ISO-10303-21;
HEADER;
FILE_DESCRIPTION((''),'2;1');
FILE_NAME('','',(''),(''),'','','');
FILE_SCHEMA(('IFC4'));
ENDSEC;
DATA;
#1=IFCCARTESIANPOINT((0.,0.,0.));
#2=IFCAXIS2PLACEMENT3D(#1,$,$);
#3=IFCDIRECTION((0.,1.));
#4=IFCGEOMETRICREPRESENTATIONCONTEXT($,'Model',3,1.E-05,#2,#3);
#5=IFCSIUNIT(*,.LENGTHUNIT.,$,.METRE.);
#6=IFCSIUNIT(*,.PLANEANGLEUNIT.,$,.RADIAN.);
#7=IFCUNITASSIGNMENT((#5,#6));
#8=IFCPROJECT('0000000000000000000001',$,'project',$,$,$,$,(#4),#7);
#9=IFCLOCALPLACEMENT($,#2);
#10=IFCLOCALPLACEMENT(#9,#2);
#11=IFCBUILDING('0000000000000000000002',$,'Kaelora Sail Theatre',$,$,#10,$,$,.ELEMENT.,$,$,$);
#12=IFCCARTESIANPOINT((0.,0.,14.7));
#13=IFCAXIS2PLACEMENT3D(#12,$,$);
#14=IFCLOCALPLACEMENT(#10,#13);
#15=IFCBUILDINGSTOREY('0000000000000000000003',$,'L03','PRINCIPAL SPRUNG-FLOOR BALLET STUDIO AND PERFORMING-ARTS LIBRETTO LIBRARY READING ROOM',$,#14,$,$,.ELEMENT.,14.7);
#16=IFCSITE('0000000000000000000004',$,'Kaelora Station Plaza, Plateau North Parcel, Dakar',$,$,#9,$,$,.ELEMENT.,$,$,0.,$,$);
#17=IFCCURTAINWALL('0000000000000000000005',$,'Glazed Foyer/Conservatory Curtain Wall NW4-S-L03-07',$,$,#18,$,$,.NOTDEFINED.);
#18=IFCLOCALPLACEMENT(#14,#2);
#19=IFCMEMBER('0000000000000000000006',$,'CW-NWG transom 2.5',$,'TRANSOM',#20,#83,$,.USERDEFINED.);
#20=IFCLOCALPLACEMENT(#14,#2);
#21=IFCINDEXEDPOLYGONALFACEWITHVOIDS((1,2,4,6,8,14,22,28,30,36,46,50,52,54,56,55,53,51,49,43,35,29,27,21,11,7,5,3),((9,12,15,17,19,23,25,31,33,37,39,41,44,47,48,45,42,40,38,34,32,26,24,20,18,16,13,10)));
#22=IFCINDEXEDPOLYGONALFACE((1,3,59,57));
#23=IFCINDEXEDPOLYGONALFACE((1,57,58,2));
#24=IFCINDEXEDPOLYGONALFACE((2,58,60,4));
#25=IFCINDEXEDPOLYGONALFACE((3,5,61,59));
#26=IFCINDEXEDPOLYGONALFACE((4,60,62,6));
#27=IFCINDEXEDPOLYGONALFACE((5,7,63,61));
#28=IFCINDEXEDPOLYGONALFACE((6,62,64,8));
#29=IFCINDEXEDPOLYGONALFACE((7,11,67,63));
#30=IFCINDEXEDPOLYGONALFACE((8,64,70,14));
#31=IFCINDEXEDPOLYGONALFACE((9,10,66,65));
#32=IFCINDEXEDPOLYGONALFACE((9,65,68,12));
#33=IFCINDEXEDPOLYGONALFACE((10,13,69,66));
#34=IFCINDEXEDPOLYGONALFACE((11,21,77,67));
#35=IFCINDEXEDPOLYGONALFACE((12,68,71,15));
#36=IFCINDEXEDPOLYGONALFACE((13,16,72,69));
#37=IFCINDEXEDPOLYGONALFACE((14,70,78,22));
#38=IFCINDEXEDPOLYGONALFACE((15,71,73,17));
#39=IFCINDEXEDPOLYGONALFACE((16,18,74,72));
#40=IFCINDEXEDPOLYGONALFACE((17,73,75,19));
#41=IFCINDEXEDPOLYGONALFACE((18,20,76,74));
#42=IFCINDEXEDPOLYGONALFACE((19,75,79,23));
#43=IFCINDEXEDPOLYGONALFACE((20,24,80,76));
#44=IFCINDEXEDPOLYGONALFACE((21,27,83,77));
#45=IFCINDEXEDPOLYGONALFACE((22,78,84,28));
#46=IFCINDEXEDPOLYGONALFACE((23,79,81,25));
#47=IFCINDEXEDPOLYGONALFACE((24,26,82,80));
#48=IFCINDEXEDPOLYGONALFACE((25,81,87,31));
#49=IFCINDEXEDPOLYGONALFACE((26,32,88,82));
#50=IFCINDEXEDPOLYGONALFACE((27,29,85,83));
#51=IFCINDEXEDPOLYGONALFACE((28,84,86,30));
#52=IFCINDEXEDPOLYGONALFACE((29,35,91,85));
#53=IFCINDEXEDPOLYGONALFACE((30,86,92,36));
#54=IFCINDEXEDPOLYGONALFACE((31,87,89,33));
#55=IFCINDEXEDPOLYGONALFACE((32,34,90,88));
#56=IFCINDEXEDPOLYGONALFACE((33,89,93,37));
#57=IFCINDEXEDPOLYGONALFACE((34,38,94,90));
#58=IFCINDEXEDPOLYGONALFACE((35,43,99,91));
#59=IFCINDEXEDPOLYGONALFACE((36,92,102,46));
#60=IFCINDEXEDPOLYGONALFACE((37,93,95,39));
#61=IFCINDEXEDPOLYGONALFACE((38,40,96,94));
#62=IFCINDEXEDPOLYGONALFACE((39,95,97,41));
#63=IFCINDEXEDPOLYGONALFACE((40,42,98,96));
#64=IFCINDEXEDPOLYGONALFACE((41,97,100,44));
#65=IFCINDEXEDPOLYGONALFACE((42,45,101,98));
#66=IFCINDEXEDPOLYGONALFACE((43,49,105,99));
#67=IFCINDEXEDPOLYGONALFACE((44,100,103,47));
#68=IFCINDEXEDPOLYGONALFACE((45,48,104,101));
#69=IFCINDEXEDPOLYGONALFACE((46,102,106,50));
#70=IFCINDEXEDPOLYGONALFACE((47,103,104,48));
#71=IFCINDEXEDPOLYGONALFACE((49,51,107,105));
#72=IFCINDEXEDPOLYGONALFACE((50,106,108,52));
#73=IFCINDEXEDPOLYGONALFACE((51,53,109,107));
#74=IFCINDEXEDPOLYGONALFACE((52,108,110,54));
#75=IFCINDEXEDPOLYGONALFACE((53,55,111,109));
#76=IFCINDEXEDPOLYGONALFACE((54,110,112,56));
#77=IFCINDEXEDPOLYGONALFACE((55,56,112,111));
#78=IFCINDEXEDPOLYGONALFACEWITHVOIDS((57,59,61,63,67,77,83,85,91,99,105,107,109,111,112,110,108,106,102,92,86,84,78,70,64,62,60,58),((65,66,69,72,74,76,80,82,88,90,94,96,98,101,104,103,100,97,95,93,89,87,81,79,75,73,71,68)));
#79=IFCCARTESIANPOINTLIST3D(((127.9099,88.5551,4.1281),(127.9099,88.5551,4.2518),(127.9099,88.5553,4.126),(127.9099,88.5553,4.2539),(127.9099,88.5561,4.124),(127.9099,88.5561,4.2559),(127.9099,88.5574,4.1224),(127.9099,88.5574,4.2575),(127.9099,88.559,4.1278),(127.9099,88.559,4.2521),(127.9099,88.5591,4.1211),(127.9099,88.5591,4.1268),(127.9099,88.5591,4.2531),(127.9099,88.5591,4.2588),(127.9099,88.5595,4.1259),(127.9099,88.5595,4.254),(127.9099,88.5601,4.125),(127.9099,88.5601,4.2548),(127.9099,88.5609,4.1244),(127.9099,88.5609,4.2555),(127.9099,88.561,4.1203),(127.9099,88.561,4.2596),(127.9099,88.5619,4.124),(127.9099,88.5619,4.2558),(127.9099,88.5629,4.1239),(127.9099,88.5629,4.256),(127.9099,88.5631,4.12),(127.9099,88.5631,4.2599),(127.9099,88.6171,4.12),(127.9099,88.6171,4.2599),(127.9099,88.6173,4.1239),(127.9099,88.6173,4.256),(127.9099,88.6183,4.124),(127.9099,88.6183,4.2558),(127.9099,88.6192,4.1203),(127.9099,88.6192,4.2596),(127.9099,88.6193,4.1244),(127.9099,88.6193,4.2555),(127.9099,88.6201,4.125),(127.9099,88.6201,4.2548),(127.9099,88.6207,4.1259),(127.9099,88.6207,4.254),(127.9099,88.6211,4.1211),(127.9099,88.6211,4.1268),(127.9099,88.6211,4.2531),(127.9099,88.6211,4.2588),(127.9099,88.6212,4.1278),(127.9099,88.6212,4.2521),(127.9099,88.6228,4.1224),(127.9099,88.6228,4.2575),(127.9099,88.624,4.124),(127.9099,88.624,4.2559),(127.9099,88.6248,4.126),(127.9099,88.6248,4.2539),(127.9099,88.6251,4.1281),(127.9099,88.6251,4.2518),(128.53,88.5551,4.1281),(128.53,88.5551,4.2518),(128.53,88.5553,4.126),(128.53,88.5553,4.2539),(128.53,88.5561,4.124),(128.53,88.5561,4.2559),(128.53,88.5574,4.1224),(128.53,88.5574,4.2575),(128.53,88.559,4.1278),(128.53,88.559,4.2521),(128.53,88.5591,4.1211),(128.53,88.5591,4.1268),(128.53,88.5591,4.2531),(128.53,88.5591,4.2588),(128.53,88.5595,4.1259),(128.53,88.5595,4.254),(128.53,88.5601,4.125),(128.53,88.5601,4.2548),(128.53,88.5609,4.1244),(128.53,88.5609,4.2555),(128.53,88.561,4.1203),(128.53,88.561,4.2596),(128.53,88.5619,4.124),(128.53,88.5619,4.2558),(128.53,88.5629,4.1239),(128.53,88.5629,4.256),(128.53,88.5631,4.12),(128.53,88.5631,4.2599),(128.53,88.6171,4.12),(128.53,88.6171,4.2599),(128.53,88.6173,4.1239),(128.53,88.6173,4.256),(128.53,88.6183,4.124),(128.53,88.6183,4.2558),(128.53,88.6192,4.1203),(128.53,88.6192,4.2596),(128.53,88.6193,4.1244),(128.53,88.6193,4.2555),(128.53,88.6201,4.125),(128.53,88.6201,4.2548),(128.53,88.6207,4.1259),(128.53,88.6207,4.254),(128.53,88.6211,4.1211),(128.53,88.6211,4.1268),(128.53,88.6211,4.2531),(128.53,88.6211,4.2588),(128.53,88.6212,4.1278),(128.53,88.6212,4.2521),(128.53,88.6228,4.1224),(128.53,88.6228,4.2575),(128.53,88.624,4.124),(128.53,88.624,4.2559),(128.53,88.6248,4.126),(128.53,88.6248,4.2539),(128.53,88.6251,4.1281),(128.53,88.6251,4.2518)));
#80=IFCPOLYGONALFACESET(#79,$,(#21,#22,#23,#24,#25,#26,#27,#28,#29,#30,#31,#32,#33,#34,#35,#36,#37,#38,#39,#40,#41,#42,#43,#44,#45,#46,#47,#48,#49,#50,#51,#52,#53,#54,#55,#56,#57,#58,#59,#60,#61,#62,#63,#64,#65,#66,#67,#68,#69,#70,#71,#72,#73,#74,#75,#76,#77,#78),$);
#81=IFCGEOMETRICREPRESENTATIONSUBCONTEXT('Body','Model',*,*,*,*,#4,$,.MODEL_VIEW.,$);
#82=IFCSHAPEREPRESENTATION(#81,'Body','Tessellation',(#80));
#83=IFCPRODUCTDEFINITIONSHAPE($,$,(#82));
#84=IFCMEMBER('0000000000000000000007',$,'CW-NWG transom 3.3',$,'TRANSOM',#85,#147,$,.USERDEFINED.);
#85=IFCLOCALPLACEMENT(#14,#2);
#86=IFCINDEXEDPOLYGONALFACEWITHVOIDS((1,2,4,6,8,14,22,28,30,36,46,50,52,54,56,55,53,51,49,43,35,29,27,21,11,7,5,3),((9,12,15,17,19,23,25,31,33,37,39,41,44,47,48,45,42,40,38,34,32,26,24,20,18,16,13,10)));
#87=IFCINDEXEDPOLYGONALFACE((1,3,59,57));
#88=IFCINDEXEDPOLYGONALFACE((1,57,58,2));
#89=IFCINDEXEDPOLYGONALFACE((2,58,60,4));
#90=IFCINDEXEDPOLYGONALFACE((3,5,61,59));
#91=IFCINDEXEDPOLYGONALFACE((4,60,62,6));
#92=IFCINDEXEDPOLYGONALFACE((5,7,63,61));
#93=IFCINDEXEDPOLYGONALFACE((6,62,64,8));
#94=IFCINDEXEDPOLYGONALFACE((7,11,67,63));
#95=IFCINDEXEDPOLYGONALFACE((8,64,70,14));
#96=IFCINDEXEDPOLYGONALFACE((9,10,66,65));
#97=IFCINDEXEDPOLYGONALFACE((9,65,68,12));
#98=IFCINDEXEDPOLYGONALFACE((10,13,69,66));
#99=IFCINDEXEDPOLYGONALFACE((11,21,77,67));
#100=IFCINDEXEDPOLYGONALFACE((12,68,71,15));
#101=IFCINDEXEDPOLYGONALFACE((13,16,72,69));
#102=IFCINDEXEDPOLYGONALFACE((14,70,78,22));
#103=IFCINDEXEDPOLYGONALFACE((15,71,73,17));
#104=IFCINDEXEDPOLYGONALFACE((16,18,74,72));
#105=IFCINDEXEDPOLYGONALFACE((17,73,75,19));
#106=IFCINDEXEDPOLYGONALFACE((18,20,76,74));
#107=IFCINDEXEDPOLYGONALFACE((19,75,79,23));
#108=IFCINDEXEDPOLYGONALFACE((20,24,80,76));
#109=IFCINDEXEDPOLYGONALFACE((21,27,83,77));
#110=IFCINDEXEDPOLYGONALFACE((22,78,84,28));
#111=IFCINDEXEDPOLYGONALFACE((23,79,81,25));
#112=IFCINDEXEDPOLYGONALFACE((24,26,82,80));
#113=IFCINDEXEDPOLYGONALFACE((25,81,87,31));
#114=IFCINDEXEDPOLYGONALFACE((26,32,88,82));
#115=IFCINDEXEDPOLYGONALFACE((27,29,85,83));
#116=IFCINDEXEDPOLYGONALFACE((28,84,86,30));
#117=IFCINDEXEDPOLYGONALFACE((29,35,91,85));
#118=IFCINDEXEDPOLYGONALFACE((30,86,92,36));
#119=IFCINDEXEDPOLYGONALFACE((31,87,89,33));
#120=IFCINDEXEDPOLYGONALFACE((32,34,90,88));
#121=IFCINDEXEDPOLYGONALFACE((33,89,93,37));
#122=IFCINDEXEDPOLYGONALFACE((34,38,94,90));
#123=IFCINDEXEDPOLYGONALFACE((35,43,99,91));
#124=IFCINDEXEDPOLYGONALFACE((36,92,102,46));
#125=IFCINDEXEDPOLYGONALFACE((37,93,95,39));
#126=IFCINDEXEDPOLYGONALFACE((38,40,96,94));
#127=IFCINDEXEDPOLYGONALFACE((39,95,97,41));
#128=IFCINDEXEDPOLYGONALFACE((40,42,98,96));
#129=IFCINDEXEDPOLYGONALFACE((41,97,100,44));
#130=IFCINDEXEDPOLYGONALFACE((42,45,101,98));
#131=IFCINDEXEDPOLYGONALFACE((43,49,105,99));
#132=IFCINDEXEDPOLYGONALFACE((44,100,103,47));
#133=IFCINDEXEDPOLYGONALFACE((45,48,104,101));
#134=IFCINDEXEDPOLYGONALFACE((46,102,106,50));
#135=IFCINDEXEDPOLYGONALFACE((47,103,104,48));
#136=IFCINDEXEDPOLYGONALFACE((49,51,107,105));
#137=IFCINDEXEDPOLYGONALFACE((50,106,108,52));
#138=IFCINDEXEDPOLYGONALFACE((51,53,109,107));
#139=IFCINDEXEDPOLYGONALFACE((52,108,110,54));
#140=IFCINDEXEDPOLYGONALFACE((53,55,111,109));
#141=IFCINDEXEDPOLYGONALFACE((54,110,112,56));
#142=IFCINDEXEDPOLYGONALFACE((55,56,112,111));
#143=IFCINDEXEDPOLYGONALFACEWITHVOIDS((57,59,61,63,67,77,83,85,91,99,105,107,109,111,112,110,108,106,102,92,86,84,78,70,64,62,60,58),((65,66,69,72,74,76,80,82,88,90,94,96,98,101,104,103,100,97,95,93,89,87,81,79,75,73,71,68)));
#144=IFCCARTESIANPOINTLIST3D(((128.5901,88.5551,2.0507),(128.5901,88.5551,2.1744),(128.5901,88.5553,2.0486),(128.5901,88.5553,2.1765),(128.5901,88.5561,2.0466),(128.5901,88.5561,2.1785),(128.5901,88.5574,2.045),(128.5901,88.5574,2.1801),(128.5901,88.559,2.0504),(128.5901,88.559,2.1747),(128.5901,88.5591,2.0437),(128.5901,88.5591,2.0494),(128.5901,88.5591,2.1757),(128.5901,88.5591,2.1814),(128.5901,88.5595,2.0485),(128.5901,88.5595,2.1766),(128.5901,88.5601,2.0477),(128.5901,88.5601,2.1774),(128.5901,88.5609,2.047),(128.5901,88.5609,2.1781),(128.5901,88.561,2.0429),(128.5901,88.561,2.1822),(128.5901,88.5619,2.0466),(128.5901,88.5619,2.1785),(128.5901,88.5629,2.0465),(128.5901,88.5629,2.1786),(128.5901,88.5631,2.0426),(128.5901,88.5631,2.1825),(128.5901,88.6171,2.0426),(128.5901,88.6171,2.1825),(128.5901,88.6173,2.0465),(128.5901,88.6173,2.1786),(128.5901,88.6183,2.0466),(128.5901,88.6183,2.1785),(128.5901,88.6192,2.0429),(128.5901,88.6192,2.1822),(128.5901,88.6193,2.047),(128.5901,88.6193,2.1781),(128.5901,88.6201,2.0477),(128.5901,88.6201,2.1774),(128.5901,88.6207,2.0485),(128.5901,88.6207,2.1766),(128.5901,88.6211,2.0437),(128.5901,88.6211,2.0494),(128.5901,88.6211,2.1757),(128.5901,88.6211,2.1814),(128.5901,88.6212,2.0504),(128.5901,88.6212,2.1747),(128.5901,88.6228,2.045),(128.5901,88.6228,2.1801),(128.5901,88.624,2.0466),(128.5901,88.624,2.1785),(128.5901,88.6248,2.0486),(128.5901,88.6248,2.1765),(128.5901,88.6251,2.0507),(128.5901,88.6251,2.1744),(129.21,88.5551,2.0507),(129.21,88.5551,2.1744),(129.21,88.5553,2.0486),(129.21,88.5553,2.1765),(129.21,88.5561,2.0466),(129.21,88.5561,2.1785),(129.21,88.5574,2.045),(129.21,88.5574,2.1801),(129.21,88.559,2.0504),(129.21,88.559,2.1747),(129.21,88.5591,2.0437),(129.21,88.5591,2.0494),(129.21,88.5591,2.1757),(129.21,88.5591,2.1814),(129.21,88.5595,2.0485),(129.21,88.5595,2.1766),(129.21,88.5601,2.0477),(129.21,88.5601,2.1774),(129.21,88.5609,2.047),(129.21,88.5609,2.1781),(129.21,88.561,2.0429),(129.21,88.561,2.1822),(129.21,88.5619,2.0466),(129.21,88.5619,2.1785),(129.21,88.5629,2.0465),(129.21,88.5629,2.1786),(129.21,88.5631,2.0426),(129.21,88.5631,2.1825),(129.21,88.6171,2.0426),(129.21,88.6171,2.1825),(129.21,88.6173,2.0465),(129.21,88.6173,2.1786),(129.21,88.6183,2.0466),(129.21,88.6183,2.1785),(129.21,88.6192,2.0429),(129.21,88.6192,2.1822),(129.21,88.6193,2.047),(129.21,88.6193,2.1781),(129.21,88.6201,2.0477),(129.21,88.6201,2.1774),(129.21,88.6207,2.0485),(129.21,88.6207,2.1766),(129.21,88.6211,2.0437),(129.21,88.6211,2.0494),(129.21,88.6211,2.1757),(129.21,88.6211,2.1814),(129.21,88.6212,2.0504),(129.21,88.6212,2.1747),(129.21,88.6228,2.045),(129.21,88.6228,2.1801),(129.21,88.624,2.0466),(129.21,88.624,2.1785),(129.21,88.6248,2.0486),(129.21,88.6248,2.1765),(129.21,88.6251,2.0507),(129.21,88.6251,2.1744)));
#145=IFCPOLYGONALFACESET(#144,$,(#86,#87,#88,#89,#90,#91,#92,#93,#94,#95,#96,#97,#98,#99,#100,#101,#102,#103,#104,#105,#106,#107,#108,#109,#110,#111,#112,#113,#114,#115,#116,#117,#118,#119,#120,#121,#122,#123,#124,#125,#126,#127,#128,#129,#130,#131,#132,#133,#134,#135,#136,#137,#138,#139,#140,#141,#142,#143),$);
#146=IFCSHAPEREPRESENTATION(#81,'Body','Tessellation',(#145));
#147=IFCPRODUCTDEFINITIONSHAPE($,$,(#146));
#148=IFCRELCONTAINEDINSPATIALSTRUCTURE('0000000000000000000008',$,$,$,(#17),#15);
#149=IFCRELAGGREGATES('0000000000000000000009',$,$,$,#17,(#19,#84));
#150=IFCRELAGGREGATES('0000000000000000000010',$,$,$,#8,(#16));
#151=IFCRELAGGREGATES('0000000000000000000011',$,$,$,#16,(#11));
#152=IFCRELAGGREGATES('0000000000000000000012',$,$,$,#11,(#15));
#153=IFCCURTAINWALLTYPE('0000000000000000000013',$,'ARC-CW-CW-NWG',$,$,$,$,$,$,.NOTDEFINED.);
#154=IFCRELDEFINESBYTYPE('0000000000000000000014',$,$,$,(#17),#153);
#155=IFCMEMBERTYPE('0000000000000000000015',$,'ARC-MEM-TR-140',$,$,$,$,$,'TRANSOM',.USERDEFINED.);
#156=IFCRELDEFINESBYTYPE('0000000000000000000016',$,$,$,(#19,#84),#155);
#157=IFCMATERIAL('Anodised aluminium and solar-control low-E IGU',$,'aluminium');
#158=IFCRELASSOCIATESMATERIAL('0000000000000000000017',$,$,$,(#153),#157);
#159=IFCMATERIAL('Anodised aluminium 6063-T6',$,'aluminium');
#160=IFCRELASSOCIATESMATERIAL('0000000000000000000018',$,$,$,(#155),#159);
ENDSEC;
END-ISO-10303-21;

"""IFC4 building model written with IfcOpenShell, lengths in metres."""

from ifc_helpers import new_model, si_unit, direction, frame, origin, origin_2d, place, context, subcontext, project, spatial, hollow_rectangle, extrude, material, material_profile, profile_set, type_object, element, aggregate, save


model = new_model("IFC4")

# Units and contexts
model_context = context("Model", 3, precision=1e-05, world=origin(), true_north=direction((0.0, 1.0)))
body_context = subcontext(model_context, "Body", "Model", "MODEL_VIEW")
ifc_project = project(units=[si_unit("LENGTHUNIT", "METRE"), si_unit("PLANEANGLEUNIT", "RADIAN")], contexts=[model_context])

# Site, building, storey
site_placement = place(None, origin())
site = spatial("IfcSite", under=ifc_project, at=site_placement, Name="Kaelora Station Plaza, Plateau North Parcel, Dakar", CompositionType="ELEMENT", RefElevation=0.0)
building_placement = place(site_placement, origin())
building = spatial("IfcBuilding", under=site, at=building_placement, Name="Kaelora Sail Theatre", CompositionType="ELEMENT")
storey_placement = place(building_placement, frame((0.0, 0.0, 14.7)))
storey = spatial("IfcBuildingStorey", under=building, at=storey_placement, Name="L03", Description="PRINCIPAL SPRUNG-FLOOR BALLET STUDIO AND PERFORMING-ARTS LIBRETTO LIBRARY READING ROOM", CompositionType="ELEMENT", Elevation=14.7)

# Curtain wall, members
ifc_material_1 = material(Name="Anodised aluminium and solar-control low-E IGU", Category="aluminium")
curtain_wall_type = type_object("IfcCurtainWallType", Name="ARC-CW-CW-NWG", PredefinedType="NOTDEFINED", material=ifc_material_1)
ifc_material_2 = material(Name="Anodised aluminium 6063-T6", Category="aluminium")
ifc_material_profile = material_profile(ifc_material_2, hollow_rectangle(XDim=0.0701, YDim=0.1399, WallThickness=0.0039, InnerFilletRadius=0.0039, OuterFilletRadius=0.0081, at=origin_2d()), Name="ALU-TRAN 70x140x4")
ifc_profile_set = profile_set([ifc_material_profile], Name="Anodised aluminium 6063-T6")
member_type = type_object("IfcMemberType", Name="ARC-MEM-TR-140", ElementType="TRANSOM", PredefinedType="USERDEFINED", material=ifc_profile_set)
curtain_wall_1_placement = place(storey_placement, origin())
curtain_wall_1 = element("IfcCurtainWall", 1, at=curtain_wall_1_placement, inside=storey, type_object=curtain_wall_type, Name="Glazed Foyer/Conservatory Curtain Wall NW4-S-L03-07", PredefinedType="NOTDEFINED")
member_1_placement = place(storey_placement, frame((127.9099, 88.5901, 4.1899), z_axis=(1.0, 0.0, 0.0), x_axis=(0.0, 1.0, 0.0)))
member_1 = element("IfcMember", 2, at=member_1_placement, type_object=member_type, Name="CW-NWG transom 2.5", ObjectType="TRANSOM", PredefinedType="USERDEFINED", context=body_context, shape_type="SweptSolid", body=[
    extrude(hollow_rectangle(XDim=0.0701, YDim=0.1399, WallThickness=0.0039, InnerFilletRadius=0.0039, OuterFilletRadius=0.0081, at=origin_2d()), origin(), (0.0, 0.0, 1.0), 0.6201),
])
member_2_placement = place(storey_placement, frame((128.5901, 88.5901, 2.1125), z_axis=(1.0, 0.0, 0.0), x_axis=(0.0, 1.0, 0.0)))
member_2 = element("IfcMember", 3, at=member_2_placement, type_object=member_type, Name="CW-NWG transom 3.3", ObjectType="TRANSOM", PredefinedType="USERDEFINED", context=body_context, shape_type="SweptSolid", body=[
    extrude(hollow_rectangle(XDim=0.0701, YDim=0.1399, WallThickness=0.0039, InnerFilletRadius=0.0039, OuterFilletRadius=0.0081, at=origin_2d()), origin(), (0.0, 0.0, 1.0), 0.6199),
])

aggregate(curtain_wall_1, [member_1, member_2])

save(model, "model.ifc")
